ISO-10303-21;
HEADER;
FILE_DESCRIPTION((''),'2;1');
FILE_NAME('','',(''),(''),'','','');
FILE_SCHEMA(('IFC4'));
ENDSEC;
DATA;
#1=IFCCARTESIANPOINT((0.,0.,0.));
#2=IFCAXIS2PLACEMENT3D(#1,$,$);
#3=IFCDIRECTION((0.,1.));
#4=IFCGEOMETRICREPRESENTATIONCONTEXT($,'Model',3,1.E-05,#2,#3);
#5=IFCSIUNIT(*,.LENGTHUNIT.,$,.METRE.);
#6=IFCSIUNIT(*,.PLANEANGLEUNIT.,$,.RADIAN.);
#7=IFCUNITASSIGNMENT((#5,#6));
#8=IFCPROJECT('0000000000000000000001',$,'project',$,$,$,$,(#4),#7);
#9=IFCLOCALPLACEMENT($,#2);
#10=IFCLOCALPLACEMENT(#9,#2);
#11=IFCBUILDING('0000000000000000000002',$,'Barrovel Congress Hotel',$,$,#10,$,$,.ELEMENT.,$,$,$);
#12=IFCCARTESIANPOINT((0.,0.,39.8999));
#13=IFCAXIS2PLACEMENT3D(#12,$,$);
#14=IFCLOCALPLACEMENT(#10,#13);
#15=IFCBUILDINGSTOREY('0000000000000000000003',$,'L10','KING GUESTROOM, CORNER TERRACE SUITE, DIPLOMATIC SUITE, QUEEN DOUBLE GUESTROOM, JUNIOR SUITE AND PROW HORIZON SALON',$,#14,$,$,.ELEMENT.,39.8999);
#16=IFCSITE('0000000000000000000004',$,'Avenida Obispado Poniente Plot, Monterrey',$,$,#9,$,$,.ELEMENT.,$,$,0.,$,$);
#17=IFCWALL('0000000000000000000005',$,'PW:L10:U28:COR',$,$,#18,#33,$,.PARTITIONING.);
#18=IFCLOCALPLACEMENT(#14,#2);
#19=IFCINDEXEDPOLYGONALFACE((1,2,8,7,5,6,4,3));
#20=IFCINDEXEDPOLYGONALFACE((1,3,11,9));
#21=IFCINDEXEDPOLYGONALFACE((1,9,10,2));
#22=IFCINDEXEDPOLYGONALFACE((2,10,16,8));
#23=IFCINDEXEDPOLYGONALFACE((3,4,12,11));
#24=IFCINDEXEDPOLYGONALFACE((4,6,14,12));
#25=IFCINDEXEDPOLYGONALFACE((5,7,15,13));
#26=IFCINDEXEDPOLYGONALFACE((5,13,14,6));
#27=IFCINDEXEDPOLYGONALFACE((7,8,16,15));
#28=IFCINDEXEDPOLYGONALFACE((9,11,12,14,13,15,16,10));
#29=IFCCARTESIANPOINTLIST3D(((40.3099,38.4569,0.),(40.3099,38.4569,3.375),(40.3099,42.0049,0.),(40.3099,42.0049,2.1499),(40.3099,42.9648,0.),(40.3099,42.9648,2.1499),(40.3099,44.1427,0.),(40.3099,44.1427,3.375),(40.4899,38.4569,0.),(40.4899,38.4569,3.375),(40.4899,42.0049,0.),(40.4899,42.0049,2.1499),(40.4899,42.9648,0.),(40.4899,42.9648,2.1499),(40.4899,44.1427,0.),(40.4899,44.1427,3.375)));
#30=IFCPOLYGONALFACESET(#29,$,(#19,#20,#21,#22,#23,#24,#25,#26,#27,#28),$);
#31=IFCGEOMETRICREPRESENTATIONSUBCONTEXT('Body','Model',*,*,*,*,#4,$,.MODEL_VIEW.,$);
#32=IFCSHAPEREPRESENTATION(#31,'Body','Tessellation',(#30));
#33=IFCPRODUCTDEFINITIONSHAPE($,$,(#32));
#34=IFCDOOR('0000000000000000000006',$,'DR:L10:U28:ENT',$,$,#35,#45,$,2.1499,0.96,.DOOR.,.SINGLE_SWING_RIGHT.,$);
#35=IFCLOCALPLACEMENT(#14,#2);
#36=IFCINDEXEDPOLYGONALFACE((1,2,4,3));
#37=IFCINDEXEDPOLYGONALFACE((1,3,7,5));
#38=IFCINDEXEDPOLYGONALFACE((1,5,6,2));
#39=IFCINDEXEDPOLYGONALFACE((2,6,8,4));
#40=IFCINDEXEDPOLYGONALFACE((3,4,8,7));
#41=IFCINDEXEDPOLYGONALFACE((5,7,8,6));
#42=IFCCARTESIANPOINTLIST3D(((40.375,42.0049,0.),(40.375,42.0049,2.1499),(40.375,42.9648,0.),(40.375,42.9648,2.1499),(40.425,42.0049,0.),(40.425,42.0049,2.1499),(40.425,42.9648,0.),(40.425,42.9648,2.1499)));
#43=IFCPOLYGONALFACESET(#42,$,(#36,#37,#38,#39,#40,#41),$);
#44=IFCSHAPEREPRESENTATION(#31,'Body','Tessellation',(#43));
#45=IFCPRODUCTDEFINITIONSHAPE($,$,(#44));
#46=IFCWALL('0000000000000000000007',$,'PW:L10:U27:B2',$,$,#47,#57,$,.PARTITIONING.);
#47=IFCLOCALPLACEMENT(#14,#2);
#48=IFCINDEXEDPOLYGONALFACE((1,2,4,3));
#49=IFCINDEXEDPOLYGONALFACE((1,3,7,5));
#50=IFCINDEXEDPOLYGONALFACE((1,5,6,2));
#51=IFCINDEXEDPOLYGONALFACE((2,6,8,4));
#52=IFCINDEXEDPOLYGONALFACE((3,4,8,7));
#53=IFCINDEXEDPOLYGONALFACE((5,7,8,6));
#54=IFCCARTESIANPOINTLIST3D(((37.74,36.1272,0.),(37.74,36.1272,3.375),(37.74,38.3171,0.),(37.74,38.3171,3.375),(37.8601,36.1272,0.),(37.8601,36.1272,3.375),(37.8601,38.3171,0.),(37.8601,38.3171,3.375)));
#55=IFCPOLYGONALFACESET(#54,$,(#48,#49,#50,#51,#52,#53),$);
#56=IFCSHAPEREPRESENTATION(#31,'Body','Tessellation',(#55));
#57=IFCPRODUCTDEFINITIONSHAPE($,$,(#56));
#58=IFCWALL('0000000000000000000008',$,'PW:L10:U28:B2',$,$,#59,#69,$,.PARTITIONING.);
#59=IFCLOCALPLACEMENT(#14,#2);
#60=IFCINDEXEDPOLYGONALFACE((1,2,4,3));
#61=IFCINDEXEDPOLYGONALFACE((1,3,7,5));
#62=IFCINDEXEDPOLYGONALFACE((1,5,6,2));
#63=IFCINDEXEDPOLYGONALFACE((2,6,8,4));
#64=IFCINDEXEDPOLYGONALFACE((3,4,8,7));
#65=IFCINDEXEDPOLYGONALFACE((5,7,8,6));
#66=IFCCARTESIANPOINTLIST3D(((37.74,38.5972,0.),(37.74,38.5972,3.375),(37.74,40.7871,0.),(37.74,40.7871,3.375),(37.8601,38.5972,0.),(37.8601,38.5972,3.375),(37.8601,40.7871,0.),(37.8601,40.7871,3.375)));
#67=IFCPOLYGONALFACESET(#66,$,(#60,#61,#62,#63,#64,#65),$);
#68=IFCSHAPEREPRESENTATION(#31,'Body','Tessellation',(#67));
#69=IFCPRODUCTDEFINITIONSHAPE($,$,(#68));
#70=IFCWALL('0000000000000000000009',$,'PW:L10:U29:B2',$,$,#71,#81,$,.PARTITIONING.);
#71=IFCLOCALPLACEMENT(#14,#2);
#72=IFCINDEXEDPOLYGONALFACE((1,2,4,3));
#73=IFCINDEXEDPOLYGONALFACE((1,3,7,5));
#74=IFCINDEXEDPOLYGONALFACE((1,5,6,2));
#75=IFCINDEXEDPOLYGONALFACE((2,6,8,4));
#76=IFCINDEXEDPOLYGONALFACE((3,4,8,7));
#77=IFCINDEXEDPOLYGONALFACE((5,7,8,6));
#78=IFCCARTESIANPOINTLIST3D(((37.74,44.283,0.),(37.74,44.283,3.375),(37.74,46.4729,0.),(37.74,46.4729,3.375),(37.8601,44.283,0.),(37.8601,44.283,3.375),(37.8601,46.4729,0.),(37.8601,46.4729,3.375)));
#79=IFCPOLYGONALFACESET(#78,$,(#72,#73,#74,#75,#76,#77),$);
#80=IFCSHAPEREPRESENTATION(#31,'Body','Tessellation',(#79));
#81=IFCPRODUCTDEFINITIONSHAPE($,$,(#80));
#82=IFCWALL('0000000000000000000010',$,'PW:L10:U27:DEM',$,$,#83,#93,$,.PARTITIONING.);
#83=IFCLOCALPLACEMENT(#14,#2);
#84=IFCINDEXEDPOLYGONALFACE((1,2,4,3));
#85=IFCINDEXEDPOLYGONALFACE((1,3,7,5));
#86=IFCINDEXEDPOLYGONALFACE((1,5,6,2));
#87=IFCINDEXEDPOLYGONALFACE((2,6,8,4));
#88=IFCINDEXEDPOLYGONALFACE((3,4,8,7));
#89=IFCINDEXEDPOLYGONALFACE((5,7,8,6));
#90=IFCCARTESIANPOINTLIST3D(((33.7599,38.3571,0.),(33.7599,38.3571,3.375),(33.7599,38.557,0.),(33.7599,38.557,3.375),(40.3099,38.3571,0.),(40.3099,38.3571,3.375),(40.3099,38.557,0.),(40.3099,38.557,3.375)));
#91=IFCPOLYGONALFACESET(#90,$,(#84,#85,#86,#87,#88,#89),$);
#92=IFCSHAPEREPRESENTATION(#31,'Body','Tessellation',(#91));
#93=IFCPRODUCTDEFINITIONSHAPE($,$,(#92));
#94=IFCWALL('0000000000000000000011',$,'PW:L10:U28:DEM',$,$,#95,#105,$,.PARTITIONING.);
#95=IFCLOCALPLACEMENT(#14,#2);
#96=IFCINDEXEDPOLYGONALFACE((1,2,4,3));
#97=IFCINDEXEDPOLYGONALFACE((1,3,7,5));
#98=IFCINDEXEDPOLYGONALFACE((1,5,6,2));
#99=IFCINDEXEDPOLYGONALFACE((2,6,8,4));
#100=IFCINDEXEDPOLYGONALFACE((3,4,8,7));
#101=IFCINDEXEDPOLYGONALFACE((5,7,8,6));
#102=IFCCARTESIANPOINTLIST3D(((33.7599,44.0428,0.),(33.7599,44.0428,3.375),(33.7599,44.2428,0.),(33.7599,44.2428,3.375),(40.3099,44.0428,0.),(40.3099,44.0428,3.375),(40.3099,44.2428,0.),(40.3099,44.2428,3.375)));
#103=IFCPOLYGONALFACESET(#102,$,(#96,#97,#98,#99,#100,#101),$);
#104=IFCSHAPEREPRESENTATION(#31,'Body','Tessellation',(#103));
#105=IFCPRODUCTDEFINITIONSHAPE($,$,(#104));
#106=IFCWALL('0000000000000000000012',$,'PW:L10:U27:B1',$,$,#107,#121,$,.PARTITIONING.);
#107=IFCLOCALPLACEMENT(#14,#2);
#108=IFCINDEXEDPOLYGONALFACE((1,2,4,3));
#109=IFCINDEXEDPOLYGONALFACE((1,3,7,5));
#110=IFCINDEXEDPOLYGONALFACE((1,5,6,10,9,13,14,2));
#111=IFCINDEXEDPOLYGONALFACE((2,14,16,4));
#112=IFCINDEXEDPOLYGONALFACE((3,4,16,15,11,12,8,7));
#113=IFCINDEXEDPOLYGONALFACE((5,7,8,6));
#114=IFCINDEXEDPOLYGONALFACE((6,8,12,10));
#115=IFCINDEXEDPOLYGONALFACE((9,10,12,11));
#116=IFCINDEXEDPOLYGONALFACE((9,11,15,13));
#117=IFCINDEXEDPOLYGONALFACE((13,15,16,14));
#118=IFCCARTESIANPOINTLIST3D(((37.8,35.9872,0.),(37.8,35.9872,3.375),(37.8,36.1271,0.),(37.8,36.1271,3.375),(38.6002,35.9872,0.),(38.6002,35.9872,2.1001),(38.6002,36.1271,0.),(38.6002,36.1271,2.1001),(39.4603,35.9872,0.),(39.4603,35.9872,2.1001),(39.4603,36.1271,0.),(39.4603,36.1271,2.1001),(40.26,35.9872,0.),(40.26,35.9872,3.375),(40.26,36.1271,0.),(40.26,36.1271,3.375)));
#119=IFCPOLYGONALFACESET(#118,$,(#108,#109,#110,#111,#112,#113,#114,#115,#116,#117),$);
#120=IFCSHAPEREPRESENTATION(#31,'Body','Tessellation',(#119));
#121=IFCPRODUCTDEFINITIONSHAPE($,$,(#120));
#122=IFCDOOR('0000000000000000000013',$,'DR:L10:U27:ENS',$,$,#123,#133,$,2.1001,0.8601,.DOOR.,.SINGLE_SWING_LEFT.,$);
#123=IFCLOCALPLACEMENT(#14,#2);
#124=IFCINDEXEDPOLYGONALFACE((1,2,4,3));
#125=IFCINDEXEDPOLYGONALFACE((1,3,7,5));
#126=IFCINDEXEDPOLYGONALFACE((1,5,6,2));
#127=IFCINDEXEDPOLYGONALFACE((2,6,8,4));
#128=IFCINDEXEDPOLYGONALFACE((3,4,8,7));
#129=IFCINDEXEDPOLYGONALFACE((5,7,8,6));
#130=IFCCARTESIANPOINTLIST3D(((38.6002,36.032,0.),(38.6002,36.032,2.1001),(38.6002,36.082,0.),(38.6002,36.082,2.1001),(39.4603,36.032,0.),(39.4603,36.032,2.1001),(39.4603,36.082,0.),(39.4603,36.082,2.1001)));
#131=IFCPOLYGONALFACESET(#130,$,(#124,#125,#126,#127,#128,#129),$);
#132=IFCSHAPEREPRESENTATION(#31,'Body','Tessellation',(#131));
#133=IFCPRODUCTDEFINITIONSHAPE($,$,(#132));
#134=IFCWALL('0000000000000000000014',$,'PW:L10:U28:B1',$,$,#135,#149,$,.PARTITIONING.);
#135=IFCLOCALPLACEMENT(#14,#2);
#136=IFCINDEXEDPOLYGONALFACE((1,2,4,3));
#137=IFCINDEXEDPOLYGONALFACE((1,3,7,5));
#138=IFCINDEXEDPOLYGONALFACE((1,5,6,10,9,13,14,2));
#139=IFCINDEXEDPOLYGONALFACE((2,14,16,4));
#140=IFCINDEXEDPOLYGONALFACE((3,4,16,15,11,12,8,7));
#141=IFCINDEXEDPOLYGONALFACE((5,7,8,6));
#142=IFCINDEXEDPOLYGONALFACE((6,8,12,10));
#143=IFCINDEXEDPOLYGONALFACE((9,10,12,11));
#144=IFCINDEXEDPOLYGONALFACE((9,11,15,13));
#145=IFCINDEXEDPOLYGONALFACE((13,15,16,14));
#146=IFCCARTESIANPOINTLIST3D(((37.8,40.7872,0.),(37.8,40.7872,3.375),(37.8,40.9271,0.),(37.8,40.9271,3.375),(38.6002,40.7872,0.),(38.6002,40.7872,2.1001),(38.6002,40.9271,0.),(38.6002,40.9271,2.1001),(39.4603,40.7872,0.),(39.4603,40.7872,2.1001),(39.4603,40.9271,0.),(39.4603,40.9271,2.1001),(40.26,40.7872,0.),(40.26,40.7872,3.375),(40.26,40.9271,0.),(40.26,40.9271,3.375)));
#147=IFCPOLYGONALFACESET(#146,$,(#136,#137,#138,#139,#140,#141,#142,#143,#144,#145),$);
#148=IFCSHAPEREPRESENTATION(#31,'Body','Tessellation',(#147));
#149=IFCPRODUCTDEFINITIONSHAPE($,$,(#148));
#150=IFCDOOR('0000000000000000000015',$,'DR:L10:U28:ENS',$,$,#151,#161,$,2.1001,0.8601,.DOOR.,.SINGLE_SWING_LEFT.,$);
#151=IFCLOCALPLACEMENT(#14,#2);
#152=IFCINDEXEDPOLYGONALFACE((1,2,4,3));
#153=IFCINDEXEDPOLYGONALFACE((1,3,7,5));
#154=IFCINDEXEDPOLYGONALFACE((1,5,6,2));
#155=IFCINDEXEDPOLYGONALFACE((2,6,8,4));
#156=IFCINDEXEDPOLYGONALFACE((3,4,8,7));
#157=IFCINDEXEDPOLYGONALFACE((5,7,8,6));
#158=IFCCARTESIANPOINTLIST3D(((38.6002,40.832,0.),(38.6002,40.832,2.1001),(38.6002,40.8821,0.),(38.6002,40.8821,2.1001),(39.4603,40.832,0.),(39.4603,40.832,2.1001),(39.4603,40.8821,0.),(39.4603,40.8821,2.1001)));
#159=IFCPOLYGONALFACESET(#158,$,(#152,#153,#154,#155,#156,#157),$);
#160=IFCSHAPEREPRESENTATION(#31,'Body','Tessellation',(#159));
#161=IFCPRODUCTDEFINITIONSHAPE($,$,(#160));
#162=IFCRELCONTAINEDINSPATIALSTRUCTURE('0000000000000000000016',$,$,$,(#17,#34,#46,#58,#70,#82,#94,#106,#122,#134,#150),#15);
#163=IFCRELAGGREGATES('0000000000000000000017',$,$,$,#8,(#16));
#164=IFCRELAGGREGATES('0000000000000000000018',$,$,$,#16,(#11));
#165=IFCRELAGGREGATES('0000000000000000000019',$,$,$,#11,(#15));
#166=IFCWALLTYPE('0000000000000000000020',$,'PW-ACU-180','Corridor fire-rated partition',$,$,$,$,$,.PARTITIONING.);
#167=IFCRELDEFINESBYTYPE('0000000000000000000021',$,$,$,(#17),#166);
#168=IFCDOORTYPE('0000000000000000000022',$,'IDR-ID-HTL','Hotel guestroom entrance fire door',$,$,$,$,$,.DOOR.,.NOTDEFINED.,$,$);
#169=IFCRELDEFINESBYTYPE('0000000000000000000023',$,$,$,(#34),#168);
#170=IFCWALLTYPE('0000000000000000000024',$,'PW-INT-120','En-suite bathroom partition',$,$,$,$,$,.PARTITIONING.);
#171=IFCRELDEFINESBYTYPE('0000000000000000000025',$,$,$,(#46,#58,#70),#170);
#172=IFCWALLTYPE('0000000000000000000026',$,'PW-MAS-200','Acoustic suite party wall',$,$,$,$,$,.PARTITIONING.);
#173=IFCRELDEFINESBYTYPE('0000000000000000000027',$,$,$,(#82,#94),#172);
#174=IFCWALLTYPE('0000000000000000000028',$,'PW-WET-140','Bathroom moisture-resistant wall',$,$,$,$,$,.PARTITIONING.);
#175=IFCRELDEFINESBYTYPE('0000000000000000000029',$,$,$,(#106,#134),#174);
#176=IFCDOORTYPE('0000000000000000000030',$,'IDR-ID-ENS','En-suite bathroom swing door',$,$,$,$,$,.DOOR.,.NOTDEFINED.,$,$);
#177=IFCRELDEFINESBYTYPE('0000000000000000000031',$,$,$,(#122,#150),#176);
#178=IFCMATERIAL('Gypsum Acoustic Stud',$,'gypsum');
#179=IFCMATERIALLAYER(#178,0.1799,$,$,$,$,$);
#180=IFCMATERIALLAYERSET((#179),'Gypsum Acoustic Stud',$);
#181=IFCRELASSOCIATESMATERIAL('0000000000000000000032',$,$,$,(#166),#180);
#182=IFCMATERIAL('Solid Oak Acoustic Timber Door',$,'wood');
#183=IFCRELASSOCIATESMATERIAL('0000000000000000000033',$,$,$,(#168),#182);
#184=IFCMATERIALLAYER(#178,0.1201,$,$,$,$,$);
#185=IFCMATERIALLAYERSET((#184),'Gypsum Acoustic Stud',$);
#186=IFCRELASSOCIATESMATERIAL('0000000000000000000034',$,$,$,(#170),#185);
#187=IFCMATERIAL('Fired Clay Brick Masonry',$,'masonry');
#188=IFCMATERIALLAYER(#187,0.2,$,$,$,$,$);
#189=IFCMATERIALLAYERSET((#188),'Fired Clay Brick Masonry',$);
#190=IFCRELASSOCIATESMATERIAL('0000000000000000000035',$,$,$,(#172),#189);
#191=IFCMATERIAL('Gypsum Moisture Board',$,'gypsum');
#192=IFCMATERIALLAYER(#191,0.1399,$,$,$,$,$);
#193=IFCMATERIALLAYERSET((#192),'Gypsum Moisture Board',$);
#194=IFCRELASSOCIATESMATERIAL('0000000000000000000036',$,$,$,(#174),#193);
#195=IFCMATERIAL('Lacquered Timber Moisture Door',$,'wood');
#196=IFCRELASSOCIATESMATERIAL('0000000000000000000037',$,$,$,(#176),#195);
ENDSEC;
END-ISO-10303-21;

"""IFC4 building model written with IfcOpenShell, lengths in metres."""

from ifc_helpers import new_model, si_unit, direction, frame, frame_2d, origin, place, context, subcontext, project, spatial, rectangle, extrude, material, layer, layer_set, type_object, element, fill, save


model = new_model("IFC4")

# Units and contexts
model_context = context("Model", 3, precision=1e-05, world=origin(), true_north=direction((0.0, 1.0)))
body_context = subcontext(model_context, "Body", "Model", "MODEL_VIEW")
ifc_project = project(units=[si_unit("LENGTHUNIT", "METRE"), si_unit("PLANEANGLEUNIT", "RADIAN")], contexts=[model_context])

# Site, building, storey
site_placement = place(None, origin())
site = spatial("IfcSite", under=ifc_project, at=site_placement, Name="Avenida Obispado Poniente Plot, Monterrey", CompositionType="ELEMENT", RefElevation=0.0)
building_placement = place(site_placement, origin())
building = spatial("IfcBuilding", under=site, at=building_placement, Name="Barrovel Congress Hotel", CompositionType="ELEMENT")
storey_placement = place(building_placement, frame((0.0, 0.0, 39.8999)))
storey = spatial("IfcBuildingStorey", under=building, at=storey_placement, Name="L10", Description="KING GUESTROOM, CORNER TERRACE SUITE, DIPLOMATIC SUITE, QUEEN DOUBLE GUESTROOM, JUNIOR SUITE AND PROW HORIZON SALON", CompositionType="ELEMENT", Elevation=39.8999)

# Shared definitions
ifc_material_1 = material(Name="Fired Clay Brick Masonry", Category="masonry")

# Wall, opening, door
ifc_material_2 = material(Name="Gypsum Acoustic Stud", Category="gypsum")
ifc_layer_1 = layer(ifc_material_2, 0.1799)
ifc_layer_set_1 = layer_set([ifc_layer_1], Name="Gypsum Acoustic Stud")
wall_type_1 = type_object("IfcWallType", Name="PW-ACU-180", Description="Corridor fire-rated partition", PredefinedType="PARTITIONING", material=ifc_layer_set_1)
ifc_material_3 = material(Name="Solid Oak Acoustic Timber Door", Category="wood")
door_type_1 = type_object("IfcDoorType", Name="IDR-ID-HTL", Description="Hotel guestroom entrance fire door", OperationType="NOTDEFINED", PredefinedType="DOOR", material=ifc_material_3)
wall_1_placement = place(storey_placement, frame((40.3999, 38.457, 0.0), z_axis=(0.0, 0.0, 1.0), x_axis=(0.0, 1.0, 0.0)))
wall_1 = element("IfcWall", 1, at=wall_1_placement, inside=storey, type_object=wall_type_1, Name="PW:L10:U28:COR", PredefinedType="PARTITIONING", context=body_context, shape_type="SweptSolid", body=[
    extrude(rectangle(XDim=5.6858, YDim=0.1799, at=frame_2d((2.8428, 0.0))), origin(), (0.0, 0.0, 1.0), 3.375),
])
opening_1_placement = place(wall_1_placement, frame((3.5479, 0.0, 0.0)))
opening_1 = element("IfcOpeningElement", 2, at=opening_1_placement, cuts=wall_1, PredefinedType="OPENING", context=body_context, shape_type="SweptSolid", body=[
    extrude(rectangle(XDim=0.96, YDim=2.1499, at=frame_2d((0.48, 1.075))), frame((0.0, 0.1001, 0.0), z_axis=(0.0, -1.0, 0.0), x_axis=(1.0, 0.0, 0.0)), (0.0, 0.0, 1.0), 0.2),
])
door_1_placement = place(opening_1_placement, origin())
door_1 = element("IfcDoor", 3, at=door_1_placement, inside=storey, type_object=door_type_1, Name="DR:L10:U28:ENT", OperationType="SINGLE_SWING_RIGHT", OverallHeight=2.1499, OverallWidth=0.96, PredefinedType="DOOR", context=body_context, shape_type="SweptSolid", body=[
    extrude(rectangle(XDim=0.96, YDim=2.1499, at=frame_2d((0.48, 1.075))), frame((0.0, 0.0249, 0.0), z_axis=(0.0, -1.0, 0.0), x_axis=(1.0, 0.0, 0.0)), (0.0, 0.0, 1.0), 0.05),
])
fill(opening_1, door_1)

# Walls
ifc_layer_2 = layer(ifc_material_2, 0.1201)
ifc_layer_set_2 = layer_set([ifc_layer_2], Name="Gypsum Acoustic Stud")
wall_type_2 = type_object("IfcWallType", Name="PW-INT-120", Description="En-suite bathroom partition", PredefinedType="PARTITIONING", material=ifc_layer_set_2)
for number, where, z_axis, x_axis, name in (
    (4, (37.8, 36.1272, 0.0), (0.0, 0.0, 1.0), (0.0, 1.0, 0.0), "PW:L10:U27:B2"),
    (5, (37.8, 38.5972, 0.0), (0.0, 0.0, 1.0), (0.0, 1.0, 0.0), "PW:L10:U28:B2"),
    (6, (37.8, 44.283, 0.0), (0.0, 0.0, 1.0), (0.0, 1.0, 0.0), "PW:L10:U29:B2"),
):
    element("IfcWall", number, at=place(storey_placement, frame(where, z_axis=z_axis, x_axis=x_axis)), inside=storey, type_object=wall_type_2, Name=name, PredefinedType="PARTITIONING", context=body_context, shape_type="SweptSolid", body=[
        extrude(rectangle(XDim=2.1899, YDim=0.1201, at=frame_2d((1.095, 0.0))), origin(), (0.0, 0.0, 1.0), 3.375),
    ])
ifc_layer_3 = layer(ifc_material_1, 0.2)
ifc_layer_set_3 = layer_set([ifc_layer_3], Name="Fired Clay Brick Masonry")
wall_type_3 = type_object("IfcWallType", Name="PW-MAS-200", Description="Acoustic suite party wall", PredefinedType="PARTITIONING", material=ifc_layer_set_3)
for number, where, z_axis, x_axis, name in (
    (7, (33.76, 38.457, 0.0), (0.0, 0.0, 1.0), (1.0, 0.0, 0.0), "PW:L10:U27:DEM"),
    (8, (33.76, 44.1428, 0.0), (0.0, 0.0, 1.0), (1.0, 0.0, 0.0), "PW:L10:U28:DEM"),
):
    element("IfcWall", number, at=place(storey_placement, frame(where, z_axis=z_axis, x_axis=x_axis)), inside=storey, type_object=wall_type_3, Name=name, PredefinedType="PARTITIONING", context=body_context, shape_type="SweptSolid", body=[
        extrude(rectangle(XDim=6.55, YDim=0.2, at=frame_2d((3.2749, 0.0))), origin(), (0.0, 0.0, 1.0), 3.375),
    ])

# Walls, openings, doors
ifc_material_4 = material(Name="Gypsum Moisture Board", Category="gypsum")
ifc_layer_4 = layer(ifc_material_4, 0.1399)
ifc_layer_set_4 = layer_set([ifc_layer_4], Name="Gypsum Moisture Board")
wall_type_4 = type_object("IfcWallType", Name="PW-WET-140", Description="Bathroom moisture-resistant wall", PredefinedType="PARTITIONING", material=ifc_layer_set_4)
wall_2_placement = place(storey_placement, frame((37.8, 36.0571, 0.0), z_axis=(0.0, 0.0, 1.0), x_axis=(1.0, 0.0, 0.0)))
wall_2 = element("IfcWall", 9, at=wall_2_placement, inside=storey, type_object=wall_type_4, Name="PW:L10:U27:B1", PredefinedType="PARTITIONING", context=body_context, shape_type="SweptSolid", body=[
    extrude(rectangle(XDim=2.46, YDim=0.1399, at=frame_2d((1.23, 0.0))), origin(), (0.0, 0.0, 1.0), 3.375),
])
opening_2_placement = place(wall_2_placement, frame((0.8, 0.0, 0.0)))
opening_2 = element("IfcOpeningElement", 10, at=opening_2_placement, cuts=wall_2, PredefinedType="OPENING", context=body_context, shape_type="SweptSolid", body=[
    extrude(rectangle(XDim=0.8601, YDim=2.1001, at=frame_2d((0.4302, 1.05))), frame((0.0, 0.0801, 0.0), z_axis=(0.0, -1.0, 0.0), x_axis=(1.0, 0.0, 0.0)), (0.0, 0.0, 1.0), 0.1599),
])
ifc_material_5 = material(Name="Lacquered Timber Moisture Door", Category="wood")
door_type_2 = type_object("IfcDoorType", Name="IDR-ID-ENS", Description="En-suite bathroom swing door", OperationType="NOTDEFINED", PredefinedType="DOOR", material=ifc_material_5)
door_2_placement = place(opening_2_placement, origin())
door_2 = element("IfcDoor", 11, at=door_2_placement, inside=storey, type_object=door_type_2, Name="DR:L10:U27:ENS", OperationType="SINGLE_SWING_LEFT", OverallHeight=2.1001, OverallWidth=0.8601, PredefinedType="DOOR", context=body_context, shape_type="SweptSolid", body=[
    extrude(rectangle(XDim=0.8601, YDim=2.1001, at=frame_2d((0.4302, 1.05))), frame((0.0, 0.0249, 0.0), z_axis=(0.0, -1.0, 0.0), x_axis=(1.0, 0.0, 0.0)), (0.0, 0.0, 1.0), 0.05),
])
fill(opening_2, door_2)
wall_3_placement = place(storey_placement, frame((37.8, 40.8572, 0.0), z_axis=(0.0, 0.0, 1.0), x_axis=(1.0, 0.0, 0.0)))
wall_3 = element("IfcWall", 12, at=wall_3_placement, inside=storey, type_object=wall_type_4, Name="PW:L10:U28:B1", PredefinedType="PARTITIONING", context=body_context, shape_type="SweptSolid", body=[
    extrude(rectangle(XDim=2.46, YDim=0.1399, at=frame_2d((1.23, 0.0))), origin(), (0.0, 0.0, 1.0), 3.375),
])
opening_3_placement = place(wall_3_placement, frame((0.8, 0.0, 0.0)))
opening_3 = element("IfcOpeningElement", 13, at=opening_3_placement, cuts=wall_3, PredefinedType="OPENING", context=body_context, shape_type="SweptSolid", body=[
    extrude(rectangle(XDim=0.8601, YDim=2.1001, at=frame_2d((0.4302, 1.05))), frame((0.0, 0.0801, 0.0), z_axis=(0.0, -1.0, 0.0), x_axis=(1.0, 0.0, 0.0)), (0.0, 0.0, 1.0), 0.1599),
])
door_3_placement = place(opening_3_placement, origin())
door_3 = element("IfcDoor", 14, at=door_3_placement, inside=storey, type_object=door_type_2, Name="DR:L10:U28:ENS", OperationType="SINGLE_SWING_LEFT", OverallHeight=2.1001, OverallWidth=0.8601, PredefinedType="DOOR", context=body_context, shape_type="SweptSolid", body=[
    extrude(rectangle(XDim=0.8601, YDim=2.1001, at=frame_2d((0.4302, 1.05))), frame((0.0, 0.0249, 0.0), z_axis=(0.0, -1.0, 0.0), x_axis=(1.0, 0.0, 0.0)), (0.0, 0.0, 1.0), 0.05),
])
fill(opening_3, door_3)

save(model, "model.ifc")
